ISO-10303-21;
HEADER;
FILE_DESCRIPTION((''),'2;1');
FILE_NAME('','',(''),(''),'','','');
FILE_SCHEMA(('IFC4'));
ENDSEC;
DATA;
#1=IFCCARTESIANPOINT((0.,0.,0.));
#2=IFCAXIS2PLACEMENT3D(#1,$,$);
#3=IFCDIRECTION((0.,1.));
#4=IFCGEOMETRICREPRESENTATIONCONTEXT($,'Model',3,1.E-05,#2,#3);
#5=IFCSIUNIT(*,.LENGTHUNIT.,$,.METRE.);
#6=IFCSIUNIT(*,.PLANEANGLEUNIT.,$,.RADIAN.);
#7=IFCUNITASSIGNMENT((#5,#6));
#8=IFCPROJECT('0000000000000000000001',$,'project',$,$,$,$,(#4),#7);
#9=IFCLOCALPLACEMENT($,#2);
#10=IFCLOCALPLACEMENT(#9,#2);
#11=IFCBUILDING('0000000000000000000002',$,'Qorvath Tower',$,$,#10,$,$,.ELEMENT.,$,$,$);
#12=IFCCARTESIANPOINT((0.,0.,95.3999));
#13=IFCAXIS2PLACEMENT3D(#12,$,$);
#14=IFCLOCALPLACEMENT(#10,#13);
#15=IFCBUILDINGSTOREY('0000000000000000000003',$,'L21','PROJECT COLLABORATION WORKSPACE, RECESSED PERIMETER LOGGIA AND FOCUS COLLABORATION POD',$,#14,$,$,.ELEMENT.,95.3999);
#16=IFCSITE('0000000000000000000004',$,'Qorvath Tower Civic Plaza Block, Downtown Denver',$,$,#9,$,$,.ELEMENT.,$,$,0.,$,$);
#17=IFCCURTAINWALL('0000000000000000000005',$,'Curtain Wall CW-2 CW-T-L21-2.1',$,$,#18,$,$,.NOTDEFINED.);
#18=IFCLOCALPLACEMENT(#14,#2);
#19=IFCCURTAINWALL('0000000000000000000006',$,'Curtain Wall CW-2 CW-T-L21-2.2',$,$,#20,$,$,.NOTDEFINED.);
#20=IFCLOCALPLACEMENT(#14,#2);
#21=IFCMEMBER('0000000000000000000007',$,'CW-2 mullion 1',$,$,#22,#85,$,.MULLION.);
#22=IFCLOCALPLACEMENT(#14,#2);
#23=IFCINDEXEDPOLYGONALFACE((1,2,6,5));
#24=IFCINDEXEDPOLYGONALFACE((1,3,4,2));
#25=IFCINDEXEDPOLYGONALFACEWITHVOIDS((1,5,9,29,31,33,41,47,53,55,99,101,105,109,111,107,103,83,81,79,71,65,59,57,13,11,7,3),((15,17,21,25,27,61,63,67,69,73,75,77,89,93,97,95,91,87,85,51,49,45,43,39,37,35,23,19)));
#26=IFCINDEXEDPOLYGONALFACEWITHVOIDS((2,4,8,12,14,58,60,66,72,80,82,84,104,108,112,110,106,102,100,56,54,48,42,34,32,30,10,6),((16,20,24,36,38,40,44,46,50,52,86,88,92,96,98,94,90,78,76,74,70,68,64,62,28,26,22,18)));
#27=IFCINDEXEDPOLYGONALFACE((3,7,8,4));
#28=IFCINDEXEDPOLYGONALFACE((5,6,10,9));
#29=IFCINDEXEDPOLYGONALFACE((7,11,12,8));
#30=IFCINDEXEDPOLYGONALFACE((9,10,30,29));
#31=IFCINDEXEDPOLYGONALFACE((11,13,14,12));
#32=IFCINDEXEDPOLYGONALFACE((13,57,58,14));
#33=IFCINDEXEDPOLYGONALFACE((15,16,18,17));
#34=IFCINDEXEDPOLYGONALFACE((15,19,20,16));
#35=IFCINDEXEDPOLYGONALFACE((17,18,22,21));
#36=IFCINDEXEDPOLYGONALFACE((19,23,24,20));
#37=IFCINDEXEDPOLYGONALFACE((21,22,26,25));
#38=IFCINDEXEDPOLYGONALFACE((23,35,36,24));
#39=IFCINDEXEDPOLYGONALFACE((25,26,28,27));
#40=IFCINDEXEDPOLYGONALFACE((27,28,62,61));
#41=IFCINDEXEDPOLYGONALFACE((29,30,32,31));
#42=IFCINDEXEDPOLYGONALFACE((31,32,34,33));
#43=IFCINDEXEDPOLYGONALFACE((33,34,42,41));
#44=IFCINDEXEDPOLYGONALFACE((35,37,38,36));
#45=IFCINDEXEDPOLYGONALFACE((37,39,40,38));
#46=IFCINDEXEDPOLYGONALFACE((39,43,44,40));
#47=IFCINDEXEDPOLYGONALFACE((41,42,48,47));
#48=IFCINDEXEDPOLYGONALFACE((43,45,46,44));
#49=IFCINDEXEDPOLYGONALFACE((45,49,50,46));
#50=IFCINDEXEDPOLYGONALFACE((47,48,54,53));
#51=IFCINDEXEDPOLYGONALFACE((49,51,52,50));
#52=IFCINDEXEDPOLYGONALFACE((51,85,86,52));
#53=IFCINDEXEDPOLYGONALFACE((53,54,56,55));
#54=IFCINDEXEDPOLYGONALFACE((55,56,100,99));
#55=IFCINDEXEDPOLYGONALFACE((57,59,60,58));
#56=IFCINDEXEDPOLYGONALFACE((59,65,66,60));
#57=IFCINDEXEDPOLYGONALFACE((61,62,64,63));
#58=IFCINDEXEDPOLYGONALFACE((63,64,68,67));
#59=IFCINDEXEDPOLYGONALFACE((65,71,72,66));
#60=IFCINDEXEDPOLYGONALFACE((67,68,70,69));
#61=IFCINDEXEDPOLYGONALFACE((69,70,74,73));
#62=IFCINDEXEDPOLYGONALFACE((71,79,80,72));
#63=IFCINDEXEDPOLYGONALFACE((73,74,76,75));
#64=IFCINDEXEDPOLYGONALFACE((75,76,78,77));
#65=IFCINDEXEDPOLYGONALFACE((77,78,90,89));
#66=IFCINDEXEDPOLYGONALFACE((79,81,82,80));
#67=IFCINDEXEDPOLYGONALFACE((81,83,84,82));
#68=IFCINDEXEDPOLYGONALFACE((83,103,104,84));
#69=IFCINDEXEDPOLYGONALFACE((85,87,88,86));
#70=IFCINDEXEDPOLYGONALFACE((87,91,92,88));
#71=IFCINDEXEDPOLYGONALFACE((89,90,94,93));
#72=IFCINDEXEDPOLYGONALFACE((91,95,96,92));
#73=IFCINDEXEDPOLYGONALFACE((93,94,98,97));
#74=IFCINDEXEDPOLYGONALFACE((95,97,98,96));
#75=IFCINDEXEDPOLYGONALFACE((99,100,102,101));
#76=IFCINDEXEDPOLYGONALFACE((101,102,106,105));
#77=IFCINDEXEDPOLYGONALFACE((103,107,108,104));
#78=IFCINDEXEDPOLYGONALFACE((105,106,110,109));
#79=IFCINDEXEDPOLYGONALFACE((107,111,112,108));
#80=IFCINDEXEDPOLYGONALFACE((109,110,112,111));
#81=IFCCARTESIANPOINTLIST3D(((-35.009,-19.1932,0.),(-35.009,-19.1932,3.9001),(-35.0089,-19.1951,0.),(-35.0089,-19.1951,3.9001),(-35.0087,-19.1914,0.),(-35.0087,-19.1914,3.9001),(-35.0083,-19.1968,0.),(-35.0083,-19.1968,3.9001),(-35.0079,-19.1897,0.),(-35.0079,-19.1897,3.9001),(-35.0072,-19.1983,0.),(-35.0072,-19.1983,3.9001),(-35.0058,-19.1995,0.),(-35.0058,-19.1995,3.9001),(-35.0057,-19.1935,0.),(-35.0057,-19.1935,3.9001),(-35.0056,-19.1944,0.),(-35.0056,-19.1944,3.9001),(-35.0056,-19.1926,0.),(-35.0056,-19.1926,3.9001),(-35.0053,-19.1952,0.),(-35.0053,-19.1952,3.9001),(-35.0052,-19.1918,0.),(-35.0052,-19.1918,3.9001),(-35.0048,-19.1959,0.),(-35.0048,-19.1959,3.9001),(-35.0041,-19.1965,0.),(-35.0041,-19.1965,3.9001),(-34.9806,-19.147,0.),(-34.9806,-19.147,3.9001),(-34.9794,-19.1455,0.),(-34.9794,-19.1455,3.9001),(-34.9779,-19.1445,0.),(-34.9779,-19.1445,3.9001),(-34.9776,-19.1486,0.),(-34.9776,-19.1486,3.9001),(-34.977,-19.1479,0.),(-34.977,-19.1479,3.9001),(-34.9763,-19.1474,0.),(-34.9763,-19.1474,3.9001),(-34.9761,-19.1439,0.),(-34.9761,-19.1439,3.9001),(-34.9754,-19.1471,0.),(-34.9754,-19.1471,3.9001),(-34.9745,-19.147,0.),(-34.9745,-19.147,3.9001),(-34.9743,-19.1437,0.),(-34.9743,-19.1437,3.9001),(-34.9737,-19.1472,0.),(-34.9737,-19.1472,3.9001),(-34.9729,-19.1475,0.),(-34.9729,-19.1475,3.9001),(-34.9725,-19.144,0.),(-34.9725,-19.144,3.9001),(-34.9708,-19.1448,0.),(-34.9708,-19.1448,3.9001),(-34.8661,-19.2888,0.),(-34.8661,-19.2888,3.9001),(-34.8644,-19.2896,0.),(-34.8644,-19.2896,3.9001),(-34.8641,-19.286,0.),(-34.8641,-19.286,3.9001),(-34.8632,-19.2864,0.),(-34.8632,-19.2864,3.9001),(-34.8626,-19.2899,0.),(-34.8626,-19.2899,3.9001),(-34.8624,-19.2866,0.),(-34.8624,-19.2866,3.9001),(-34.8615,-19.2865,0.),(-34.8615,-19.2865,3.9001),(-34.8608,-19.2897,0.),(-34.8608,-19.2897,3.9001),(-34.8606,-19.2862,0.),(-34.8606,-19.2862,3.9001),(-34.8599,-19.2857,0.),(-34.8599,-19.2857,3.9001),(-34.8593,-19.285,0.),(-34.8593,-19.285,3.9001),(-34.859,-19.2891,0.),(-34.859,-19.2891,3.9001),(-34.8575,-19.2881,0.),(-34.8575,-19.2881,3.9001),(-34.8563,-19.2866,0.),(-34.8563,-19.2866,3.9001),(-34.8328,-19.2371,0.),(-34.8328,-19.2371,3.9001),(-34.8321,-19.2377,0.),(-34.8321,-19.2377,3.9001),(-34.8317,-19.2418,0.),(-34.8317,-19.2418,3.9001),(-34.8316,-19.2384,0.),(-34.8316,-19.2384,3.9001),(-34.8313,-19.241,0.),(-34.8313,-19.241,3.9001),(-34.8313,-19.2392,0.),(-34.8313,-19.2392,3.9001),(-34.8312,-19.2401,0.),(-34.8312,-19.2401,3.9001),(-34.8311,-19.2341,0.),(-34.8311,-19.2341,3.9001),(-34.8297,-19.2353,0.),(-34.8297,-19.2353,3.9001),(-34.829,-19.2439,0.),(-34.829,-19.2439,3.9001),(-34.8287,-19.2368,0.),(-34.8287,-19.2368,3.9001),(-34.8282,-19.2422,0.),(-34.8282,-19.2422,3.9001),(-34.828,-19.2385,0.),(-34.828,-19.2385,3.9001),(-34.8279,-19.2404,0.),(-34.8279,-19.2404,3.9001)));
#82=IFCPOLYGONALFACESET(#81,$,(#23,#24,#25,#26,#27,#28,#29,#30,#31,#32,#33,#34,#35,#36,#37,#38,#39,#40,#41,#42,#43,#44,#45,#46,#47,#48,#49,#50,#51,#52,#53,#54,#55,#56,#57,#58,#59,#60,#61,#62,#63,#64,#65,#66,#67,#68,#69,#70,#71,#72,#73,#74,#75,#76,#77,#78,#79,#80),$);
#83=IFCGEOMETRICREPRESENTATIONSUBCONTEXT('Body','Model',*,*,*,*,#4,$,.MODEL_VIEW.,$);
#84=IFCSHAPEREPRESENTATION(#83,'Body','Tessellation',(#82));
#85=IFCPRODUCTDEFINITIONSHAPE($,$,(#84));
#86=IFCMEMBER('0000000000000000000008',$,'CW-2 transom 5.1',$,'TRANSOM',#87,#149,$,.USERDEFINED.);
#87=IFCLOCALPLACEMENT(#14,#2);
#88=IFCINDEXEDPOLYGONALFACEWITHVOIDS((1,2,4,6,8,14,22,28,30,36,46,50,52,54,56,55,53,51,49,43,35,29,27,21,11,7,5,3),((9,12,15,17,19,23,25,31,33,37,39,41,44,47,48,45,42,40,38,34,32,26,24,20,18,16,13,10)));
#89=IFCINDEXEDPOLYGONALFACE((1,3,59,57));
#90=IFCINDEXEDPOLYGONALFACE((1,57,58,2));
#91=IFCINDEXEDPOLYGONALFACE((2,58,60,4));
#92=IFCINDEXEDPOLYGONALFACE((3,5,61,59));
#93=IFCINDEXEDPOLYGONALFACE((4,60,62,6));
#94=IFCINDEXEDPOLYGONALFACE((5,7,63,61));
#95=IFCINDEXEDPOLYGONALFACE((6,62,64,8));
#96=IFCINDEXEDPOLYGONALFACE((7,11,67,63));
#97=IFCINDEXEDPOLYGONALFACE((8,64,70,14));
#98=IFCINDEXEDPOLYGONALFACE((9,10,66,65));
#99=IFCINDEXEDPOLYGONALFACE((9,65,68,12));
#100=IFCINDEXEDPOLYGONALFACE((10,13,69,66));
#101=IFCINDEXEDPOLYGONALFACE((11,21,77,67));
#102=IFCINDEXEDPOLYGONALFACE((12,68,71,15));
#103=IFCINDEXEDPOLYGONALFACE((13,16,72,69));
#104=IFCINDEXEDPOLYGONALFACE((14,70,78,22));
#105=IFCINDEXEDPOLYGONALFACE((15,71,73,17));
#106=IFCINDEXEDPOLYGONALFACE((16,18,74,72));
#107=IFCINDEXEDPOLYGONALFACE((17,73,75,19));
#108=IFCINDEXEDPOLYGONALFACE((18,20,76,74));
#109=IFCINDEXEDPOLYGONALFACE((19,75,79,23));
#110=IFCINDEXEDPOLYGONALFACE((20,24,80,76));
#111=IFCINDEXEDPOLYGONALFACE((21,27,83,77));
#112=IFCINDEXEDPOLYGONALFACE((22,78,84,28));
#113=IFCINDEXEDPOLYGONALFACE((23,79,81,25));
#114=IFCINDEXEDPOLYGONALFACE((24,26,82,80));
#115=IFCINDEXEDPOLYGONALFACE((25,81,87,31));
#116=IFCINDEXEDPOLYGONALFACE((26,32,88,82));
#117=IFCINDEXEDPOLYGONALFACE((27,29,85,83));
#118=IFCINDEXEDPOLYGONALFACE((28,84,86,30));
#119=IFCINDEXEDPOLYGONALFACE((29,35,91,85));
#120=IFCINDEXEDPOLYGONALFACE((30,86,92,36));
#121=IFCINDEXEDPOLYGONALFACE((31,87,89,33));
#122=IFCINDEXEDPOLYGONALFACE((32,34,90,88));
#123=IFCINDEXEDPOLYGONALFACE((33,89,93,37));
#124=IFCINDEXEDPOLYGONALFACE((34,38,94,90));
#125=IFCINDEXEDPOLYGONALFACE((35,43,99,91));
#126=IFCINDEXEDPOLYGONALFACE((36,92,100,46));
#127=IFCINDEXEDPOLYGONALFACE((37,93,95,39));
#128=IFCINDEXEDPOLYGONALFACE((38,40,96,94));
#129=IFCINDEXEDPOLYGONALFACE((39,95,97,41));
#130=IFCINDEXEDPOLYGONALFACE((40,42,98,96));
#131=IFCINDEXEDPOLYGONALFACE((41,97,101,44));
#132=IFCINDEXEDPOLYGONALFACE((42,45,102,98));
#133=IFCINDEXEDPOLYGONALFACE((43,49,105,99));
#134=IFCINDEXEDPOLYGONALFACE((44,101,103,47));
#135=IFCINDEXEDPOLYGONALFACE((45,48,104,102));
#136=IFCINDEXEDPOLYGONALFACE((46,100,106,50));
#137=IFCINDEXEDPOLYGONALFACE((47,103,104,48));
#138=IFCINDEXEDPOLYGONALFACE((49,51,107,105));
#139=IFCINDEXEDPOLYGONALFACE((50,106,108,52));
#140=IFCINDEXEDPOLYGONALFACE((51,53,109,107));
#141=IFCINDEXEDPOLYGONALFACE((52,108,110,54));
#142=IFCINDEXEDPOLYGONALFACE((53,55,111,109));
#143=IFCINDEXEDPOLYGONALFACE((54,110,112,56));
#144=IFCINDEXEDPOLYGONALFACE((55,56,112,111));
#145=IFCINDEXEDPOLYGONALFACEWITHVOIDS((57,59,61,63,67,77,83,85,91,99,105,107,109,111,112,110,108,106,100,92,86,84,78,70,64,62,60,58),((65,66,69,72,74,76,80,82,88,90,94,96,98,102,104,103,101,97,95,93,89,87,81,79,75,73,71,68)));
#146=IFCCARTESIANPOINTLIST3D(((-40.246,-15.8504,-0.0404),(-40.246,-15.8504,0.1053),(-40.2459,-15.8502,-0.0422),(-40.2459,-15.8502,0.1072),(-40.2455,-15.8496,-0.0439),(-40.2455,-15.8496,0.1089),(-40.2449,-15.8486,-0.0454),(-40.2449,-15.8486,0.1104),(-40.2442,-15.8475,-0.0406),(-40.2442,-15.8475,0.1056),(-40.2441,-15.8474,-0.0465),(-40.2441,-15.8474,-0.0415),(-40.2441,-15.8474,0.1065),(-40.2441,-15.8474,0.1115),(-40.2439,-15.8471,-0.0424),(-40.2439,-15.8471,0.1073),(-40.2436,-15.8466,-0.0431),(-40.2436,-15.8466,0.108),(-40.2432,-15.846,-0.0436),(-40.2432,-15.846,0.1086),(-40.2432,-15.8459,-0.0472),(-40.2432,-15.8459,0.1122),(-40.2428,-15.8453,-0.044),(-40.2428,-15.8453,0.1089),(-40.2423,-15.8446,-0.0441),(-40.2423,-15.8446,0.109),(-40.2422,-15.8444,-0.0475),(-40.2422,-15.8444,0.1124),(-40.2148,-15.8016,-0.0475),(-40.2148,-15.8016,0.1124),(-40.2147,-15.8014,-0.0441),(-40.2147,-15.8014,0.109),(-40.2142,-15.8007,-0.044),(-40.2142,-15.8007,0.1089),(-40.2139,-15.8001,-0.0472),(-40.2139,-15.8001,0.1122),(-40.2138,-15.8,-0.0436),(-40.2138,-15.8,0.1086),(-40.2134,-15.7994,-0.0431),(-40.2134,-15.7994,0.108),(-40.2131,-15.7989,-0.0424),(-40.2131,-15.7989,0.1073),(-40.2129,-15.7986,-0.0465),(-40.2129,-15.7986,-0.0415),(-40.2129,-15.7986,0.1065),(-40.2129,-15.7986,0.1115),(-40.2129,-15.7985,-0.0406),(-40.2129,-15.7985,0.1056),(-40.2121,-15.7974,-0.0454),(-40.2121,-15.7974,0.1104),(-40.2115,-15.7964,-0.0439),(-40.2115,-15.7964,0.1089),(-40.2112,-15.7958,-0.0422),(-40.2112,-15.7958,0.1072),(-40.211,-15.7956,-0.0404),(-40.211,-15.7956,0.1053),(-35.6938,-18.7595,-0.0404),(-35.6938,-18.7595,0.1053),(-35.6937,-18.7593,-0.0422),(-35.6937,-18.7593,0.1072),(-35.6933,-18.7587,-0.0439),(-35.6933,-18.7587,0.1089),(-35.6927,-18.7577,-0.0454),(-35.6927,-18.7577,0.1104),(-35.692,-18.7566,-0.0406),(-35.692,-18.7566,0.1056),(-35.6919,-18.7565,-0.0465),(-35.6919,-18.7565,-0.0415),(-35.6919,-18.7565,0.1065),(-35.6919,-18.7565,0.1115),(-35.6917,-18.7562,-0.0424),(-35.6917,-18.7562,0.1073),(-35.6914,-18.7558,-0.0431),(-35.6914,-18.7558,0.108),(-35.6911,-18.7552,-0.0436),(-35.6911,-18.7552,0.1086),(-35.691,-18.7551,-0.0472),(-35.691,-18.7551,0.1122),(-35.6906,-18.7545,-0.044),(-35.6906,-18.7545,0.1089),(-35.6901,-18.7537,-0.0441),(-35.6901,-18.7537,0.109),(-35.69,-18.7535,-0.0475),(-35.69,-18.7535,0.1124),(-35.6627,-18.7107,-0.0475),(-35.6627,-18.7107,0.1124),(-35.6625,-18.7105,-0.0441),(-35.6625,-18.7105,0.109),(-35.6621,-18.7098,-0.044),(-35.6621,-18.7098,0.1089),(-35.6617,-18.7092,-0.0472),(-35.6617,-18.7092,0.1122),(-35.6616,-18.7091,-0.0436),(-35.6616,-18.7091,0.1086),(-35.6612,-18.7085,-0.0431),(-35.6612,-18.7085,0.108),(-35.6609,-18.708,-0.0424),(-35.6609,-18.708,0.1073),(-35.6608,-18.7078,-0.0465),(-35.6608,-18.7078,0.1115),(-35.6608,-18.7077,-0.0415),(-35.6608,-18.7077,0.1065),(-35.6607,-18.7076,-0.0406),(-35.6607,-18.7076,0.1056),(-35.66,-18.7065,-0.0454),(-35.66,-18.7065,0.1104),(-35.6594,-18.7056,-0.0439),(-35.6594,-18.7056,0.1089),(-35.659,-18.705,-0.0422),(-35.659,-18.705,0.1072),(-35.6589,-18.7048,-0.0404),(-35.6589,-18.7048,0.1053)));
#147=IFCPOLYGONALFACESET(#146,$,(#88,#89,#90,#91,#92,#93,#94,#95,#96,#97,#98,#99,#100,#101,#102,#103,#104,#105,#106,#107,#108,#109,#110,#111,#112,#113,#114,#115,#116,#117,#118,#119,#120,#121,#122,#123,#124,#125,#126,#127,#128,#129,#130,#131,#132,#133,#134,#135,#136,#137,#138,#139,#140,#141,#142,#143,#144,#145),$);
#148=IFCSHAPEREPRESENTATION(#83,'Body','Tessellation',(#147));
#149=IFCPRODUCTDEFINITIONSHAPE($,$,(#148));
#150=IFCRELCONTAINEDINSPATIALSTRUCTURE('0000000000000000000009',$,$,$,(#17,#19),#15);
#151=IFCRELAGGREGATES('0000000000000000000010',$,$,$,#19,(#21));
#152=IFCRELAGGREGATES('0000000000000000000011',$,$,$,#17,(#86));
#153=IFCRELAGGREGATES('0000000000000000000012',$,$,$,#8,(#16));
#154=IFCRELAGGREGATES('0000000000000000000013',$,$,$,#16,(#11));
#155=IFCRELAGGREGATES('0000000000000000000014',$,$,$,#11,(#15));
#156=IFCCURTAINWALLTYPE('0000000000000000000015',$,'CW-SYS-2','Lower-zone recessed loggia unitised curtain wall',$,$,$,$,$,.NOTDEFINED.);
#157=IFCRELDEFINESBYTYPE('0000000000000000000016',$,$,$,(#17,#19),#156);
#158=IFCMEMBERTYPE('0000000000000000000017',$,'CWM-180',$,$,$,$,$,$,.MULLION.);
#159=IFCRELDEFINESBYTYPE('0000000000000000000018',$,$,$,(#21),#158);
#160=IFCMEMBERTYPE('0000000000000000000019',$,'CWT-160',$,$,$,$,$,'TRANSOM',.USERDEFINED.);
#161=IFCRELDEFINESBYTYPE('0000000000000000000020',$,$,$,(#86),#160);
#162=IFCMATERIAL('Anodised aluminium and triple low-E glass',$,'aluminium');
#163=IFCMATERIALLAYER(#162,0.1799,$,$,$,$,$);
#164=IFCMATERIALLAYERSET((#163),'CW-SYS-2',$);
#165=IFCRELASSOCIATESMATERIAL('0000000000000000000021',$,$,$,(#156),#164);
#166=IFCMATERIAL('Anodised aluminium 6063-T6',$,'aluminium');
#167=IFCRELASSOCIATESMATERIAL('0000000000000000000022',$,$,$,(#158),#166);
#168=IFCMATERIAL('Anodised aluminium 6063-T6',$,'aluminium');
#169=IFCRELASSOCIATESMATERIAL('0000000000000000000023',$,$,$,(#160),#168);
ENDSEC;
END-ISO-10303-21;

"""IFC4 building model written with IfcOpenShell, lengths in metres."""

from ifc_helpers import new_model, si_unit, direction, frame, origin, origin_2d, place, context, subcontext, project, spatial, hollow_rectangle, extrude, material, layer, layer_set, material_profile, profile_set, type_object, element, aggregate, save


model = new_model("IFC4")

# Units and contexts
model_context = context("Model", 3, precision=1e-05, world=origin(), true_north=direction((0.0, 1.0)))
body_context = subcontext(model_context, "Body", "Model", "MODEL_VIEW")
ifc_project = project(units=[si_unit("LENGTHUNIT", "METRE"), si_unit("PLANEANGLEUNIT", "RADIAN")], contexts=[model_context])

# Site, building, storey
site_placement = place(None, origin())
site = spatial("IfcSite", under=ifc_project, at=site_placement, Name="Qorvath Tower Civic Plaza Block, Downtown Denver", CompositionType="ELEMENT", RefElevation=0.0)
building_placement = place(site_placement, origin())
building = spatial("IfcBuilding", under=site, at=building_placement, Name="Qorvath Tower", CompositionType="ELEMENT")
storey_placement = place(building_placement, frame((0.0, 0.0, 95.3999)))
storey = spatial("IfcBuildingStorey", under=building, at=storey_placement, Name="L21", Description="PROJECT COLLABORATION WORKSPACE, RECESSED PERIMETER LOGGIA AND FOCUS COLLABORATION POD", CompositionType="ELEMENT", Elevation=95.3999)

# Curtain wall
ifc_material_1 = material(Name="Anodised aluminium and triple low-E glass", Category="aluminium")
ifc_layer_1 = layer(ifc_material_1, 0.1799)
ifc_layer_set_1 = layer_set([ifc_layer_1], Name="CW-SYS-2")
curtain_wall_type = type_object("IfcCurtainWallType", Name="CW-SYS-2", Description="Lower-zone recessed loggia unitised curtain wall", PredefinedType="NOTDEFINED", material=ifc_layer_set_1)
curtain_wall_1_placement = place(storey_placement, origin())
curtain_wall_1 = element("IfcCurtainWall", 1, at=curtain_wall_1_placement, inside=storey, type_object=curtain_wall_type, Name="Curtain Wall CW-2 CW-T-L21-2.1", PredefinedType="NOTDEFINED")
ifc_material_2 = material(Name="Anodised aluminium 6063-T6", Category="aluminium")
ifc_material_profile_1 = material_profile(ifc_material_2, hollow_rectangle(XDim=0.0649, YDim=0.1799, WallThickness=0.0034, InnerFilletRadius=0.0034, OuterFilletRadius=0.0071, at=origin_2d()), Name="CWM 180x65")
ifc_profile_set_1 = profile_set([ifc_material_profile_1], Name="Anodised aluminium 6063-T6")
member_type_1 = type_object("IfcMemberType", Name="CWM-180", PredefinedType="MULLION", material=ifc_profile_set_1)

# Curtain wall, member
curtain_wall_2_placement = place(storey_placement, origin())
curtain_wall_2 = element("IfcCurtainWall", 2, at=curtain_wall_2_placement, inside=storey, type_object=curtain_wall_type, Name="Curtain Wall CW-2 CW-T-L21-2.2", PredefinedType="NOTDEFINED")
member_1_placement = place(storey_placement, frame((-34.9185, -19.2168, 0.0), z_axis=(0.0, 0.0, 1.0), x_axis=(0.538539, 0.842601, 0.0)))
member_1 = element("IfcMember", 3, at=member_1_placement, type_object=member_type_1, Name="CW-2 mullion 1", PredefinedType="MULLION", context=body_context, shape_type="SweptSolid", body=[
    extrude(hollow_rectangle(XDim=0.0649, YDim=0.1799, WallThickness=0.0034, InnerFilletRadius=0.0034, OuterFilletRadius=0.0071, at=origin_2d()), origin(), (0.0, 0.0, 1.0), 3.9001),
])

# Member
ifc_material_3 = material(Name="Anodised aluminium 6063-T6", Category="aluminium")
ifc_material_profile_2 = material_profile(ifc_material_3, hollow_rectangle(XDim=0.0649, YDim=0.1599, WallThickness=0.0034, InnerFilletRadius=0.0034, OuterFilletRadius=0.0071, at=origin_2d()), Name="CWT 160x65")
ifc_profile_set_2 = profile_set([ifc_material_profile_2], Name="Anodised aluminium 6063-T6")
member_type_2 = type_object("IfcMemberType", Name="CWT-160", ElementType="TRANSOM", PredefinedType="USERDEFINED", material=ifc_profile_set_2)
member_2_placement = place(storey_placement, frame((-40.2285, -15.823, 0.0325), z_axis=(0.842629, -0.538494, 0.0), x_axis=(0.538494, 0.842629, 0.0)))
member_2 = element("IfcMember", 4, at=member_2_placement, type_object=member_type_2, Name="CW-2 transom 5.1", ObjectType="TRANSOM", PredefinedType="USERDEFINED", context=body_context, shape_type="SweptSolid", body=[
    extrude(hollow_rectangle(XDim=0.0649, YDim=0.1599, WallThickness=0.0034, InnerFilletRadius=0.0034, OuterFilletRadius=0.0071, at=origin_2d()), origin(), (0.0, 0.0, 1.0), 5.4023),
])
aggregate(curtain_wall_2, [member_1])

aggregate(curtain_wall_1, [member_2])

save(model, "model.ifc")
